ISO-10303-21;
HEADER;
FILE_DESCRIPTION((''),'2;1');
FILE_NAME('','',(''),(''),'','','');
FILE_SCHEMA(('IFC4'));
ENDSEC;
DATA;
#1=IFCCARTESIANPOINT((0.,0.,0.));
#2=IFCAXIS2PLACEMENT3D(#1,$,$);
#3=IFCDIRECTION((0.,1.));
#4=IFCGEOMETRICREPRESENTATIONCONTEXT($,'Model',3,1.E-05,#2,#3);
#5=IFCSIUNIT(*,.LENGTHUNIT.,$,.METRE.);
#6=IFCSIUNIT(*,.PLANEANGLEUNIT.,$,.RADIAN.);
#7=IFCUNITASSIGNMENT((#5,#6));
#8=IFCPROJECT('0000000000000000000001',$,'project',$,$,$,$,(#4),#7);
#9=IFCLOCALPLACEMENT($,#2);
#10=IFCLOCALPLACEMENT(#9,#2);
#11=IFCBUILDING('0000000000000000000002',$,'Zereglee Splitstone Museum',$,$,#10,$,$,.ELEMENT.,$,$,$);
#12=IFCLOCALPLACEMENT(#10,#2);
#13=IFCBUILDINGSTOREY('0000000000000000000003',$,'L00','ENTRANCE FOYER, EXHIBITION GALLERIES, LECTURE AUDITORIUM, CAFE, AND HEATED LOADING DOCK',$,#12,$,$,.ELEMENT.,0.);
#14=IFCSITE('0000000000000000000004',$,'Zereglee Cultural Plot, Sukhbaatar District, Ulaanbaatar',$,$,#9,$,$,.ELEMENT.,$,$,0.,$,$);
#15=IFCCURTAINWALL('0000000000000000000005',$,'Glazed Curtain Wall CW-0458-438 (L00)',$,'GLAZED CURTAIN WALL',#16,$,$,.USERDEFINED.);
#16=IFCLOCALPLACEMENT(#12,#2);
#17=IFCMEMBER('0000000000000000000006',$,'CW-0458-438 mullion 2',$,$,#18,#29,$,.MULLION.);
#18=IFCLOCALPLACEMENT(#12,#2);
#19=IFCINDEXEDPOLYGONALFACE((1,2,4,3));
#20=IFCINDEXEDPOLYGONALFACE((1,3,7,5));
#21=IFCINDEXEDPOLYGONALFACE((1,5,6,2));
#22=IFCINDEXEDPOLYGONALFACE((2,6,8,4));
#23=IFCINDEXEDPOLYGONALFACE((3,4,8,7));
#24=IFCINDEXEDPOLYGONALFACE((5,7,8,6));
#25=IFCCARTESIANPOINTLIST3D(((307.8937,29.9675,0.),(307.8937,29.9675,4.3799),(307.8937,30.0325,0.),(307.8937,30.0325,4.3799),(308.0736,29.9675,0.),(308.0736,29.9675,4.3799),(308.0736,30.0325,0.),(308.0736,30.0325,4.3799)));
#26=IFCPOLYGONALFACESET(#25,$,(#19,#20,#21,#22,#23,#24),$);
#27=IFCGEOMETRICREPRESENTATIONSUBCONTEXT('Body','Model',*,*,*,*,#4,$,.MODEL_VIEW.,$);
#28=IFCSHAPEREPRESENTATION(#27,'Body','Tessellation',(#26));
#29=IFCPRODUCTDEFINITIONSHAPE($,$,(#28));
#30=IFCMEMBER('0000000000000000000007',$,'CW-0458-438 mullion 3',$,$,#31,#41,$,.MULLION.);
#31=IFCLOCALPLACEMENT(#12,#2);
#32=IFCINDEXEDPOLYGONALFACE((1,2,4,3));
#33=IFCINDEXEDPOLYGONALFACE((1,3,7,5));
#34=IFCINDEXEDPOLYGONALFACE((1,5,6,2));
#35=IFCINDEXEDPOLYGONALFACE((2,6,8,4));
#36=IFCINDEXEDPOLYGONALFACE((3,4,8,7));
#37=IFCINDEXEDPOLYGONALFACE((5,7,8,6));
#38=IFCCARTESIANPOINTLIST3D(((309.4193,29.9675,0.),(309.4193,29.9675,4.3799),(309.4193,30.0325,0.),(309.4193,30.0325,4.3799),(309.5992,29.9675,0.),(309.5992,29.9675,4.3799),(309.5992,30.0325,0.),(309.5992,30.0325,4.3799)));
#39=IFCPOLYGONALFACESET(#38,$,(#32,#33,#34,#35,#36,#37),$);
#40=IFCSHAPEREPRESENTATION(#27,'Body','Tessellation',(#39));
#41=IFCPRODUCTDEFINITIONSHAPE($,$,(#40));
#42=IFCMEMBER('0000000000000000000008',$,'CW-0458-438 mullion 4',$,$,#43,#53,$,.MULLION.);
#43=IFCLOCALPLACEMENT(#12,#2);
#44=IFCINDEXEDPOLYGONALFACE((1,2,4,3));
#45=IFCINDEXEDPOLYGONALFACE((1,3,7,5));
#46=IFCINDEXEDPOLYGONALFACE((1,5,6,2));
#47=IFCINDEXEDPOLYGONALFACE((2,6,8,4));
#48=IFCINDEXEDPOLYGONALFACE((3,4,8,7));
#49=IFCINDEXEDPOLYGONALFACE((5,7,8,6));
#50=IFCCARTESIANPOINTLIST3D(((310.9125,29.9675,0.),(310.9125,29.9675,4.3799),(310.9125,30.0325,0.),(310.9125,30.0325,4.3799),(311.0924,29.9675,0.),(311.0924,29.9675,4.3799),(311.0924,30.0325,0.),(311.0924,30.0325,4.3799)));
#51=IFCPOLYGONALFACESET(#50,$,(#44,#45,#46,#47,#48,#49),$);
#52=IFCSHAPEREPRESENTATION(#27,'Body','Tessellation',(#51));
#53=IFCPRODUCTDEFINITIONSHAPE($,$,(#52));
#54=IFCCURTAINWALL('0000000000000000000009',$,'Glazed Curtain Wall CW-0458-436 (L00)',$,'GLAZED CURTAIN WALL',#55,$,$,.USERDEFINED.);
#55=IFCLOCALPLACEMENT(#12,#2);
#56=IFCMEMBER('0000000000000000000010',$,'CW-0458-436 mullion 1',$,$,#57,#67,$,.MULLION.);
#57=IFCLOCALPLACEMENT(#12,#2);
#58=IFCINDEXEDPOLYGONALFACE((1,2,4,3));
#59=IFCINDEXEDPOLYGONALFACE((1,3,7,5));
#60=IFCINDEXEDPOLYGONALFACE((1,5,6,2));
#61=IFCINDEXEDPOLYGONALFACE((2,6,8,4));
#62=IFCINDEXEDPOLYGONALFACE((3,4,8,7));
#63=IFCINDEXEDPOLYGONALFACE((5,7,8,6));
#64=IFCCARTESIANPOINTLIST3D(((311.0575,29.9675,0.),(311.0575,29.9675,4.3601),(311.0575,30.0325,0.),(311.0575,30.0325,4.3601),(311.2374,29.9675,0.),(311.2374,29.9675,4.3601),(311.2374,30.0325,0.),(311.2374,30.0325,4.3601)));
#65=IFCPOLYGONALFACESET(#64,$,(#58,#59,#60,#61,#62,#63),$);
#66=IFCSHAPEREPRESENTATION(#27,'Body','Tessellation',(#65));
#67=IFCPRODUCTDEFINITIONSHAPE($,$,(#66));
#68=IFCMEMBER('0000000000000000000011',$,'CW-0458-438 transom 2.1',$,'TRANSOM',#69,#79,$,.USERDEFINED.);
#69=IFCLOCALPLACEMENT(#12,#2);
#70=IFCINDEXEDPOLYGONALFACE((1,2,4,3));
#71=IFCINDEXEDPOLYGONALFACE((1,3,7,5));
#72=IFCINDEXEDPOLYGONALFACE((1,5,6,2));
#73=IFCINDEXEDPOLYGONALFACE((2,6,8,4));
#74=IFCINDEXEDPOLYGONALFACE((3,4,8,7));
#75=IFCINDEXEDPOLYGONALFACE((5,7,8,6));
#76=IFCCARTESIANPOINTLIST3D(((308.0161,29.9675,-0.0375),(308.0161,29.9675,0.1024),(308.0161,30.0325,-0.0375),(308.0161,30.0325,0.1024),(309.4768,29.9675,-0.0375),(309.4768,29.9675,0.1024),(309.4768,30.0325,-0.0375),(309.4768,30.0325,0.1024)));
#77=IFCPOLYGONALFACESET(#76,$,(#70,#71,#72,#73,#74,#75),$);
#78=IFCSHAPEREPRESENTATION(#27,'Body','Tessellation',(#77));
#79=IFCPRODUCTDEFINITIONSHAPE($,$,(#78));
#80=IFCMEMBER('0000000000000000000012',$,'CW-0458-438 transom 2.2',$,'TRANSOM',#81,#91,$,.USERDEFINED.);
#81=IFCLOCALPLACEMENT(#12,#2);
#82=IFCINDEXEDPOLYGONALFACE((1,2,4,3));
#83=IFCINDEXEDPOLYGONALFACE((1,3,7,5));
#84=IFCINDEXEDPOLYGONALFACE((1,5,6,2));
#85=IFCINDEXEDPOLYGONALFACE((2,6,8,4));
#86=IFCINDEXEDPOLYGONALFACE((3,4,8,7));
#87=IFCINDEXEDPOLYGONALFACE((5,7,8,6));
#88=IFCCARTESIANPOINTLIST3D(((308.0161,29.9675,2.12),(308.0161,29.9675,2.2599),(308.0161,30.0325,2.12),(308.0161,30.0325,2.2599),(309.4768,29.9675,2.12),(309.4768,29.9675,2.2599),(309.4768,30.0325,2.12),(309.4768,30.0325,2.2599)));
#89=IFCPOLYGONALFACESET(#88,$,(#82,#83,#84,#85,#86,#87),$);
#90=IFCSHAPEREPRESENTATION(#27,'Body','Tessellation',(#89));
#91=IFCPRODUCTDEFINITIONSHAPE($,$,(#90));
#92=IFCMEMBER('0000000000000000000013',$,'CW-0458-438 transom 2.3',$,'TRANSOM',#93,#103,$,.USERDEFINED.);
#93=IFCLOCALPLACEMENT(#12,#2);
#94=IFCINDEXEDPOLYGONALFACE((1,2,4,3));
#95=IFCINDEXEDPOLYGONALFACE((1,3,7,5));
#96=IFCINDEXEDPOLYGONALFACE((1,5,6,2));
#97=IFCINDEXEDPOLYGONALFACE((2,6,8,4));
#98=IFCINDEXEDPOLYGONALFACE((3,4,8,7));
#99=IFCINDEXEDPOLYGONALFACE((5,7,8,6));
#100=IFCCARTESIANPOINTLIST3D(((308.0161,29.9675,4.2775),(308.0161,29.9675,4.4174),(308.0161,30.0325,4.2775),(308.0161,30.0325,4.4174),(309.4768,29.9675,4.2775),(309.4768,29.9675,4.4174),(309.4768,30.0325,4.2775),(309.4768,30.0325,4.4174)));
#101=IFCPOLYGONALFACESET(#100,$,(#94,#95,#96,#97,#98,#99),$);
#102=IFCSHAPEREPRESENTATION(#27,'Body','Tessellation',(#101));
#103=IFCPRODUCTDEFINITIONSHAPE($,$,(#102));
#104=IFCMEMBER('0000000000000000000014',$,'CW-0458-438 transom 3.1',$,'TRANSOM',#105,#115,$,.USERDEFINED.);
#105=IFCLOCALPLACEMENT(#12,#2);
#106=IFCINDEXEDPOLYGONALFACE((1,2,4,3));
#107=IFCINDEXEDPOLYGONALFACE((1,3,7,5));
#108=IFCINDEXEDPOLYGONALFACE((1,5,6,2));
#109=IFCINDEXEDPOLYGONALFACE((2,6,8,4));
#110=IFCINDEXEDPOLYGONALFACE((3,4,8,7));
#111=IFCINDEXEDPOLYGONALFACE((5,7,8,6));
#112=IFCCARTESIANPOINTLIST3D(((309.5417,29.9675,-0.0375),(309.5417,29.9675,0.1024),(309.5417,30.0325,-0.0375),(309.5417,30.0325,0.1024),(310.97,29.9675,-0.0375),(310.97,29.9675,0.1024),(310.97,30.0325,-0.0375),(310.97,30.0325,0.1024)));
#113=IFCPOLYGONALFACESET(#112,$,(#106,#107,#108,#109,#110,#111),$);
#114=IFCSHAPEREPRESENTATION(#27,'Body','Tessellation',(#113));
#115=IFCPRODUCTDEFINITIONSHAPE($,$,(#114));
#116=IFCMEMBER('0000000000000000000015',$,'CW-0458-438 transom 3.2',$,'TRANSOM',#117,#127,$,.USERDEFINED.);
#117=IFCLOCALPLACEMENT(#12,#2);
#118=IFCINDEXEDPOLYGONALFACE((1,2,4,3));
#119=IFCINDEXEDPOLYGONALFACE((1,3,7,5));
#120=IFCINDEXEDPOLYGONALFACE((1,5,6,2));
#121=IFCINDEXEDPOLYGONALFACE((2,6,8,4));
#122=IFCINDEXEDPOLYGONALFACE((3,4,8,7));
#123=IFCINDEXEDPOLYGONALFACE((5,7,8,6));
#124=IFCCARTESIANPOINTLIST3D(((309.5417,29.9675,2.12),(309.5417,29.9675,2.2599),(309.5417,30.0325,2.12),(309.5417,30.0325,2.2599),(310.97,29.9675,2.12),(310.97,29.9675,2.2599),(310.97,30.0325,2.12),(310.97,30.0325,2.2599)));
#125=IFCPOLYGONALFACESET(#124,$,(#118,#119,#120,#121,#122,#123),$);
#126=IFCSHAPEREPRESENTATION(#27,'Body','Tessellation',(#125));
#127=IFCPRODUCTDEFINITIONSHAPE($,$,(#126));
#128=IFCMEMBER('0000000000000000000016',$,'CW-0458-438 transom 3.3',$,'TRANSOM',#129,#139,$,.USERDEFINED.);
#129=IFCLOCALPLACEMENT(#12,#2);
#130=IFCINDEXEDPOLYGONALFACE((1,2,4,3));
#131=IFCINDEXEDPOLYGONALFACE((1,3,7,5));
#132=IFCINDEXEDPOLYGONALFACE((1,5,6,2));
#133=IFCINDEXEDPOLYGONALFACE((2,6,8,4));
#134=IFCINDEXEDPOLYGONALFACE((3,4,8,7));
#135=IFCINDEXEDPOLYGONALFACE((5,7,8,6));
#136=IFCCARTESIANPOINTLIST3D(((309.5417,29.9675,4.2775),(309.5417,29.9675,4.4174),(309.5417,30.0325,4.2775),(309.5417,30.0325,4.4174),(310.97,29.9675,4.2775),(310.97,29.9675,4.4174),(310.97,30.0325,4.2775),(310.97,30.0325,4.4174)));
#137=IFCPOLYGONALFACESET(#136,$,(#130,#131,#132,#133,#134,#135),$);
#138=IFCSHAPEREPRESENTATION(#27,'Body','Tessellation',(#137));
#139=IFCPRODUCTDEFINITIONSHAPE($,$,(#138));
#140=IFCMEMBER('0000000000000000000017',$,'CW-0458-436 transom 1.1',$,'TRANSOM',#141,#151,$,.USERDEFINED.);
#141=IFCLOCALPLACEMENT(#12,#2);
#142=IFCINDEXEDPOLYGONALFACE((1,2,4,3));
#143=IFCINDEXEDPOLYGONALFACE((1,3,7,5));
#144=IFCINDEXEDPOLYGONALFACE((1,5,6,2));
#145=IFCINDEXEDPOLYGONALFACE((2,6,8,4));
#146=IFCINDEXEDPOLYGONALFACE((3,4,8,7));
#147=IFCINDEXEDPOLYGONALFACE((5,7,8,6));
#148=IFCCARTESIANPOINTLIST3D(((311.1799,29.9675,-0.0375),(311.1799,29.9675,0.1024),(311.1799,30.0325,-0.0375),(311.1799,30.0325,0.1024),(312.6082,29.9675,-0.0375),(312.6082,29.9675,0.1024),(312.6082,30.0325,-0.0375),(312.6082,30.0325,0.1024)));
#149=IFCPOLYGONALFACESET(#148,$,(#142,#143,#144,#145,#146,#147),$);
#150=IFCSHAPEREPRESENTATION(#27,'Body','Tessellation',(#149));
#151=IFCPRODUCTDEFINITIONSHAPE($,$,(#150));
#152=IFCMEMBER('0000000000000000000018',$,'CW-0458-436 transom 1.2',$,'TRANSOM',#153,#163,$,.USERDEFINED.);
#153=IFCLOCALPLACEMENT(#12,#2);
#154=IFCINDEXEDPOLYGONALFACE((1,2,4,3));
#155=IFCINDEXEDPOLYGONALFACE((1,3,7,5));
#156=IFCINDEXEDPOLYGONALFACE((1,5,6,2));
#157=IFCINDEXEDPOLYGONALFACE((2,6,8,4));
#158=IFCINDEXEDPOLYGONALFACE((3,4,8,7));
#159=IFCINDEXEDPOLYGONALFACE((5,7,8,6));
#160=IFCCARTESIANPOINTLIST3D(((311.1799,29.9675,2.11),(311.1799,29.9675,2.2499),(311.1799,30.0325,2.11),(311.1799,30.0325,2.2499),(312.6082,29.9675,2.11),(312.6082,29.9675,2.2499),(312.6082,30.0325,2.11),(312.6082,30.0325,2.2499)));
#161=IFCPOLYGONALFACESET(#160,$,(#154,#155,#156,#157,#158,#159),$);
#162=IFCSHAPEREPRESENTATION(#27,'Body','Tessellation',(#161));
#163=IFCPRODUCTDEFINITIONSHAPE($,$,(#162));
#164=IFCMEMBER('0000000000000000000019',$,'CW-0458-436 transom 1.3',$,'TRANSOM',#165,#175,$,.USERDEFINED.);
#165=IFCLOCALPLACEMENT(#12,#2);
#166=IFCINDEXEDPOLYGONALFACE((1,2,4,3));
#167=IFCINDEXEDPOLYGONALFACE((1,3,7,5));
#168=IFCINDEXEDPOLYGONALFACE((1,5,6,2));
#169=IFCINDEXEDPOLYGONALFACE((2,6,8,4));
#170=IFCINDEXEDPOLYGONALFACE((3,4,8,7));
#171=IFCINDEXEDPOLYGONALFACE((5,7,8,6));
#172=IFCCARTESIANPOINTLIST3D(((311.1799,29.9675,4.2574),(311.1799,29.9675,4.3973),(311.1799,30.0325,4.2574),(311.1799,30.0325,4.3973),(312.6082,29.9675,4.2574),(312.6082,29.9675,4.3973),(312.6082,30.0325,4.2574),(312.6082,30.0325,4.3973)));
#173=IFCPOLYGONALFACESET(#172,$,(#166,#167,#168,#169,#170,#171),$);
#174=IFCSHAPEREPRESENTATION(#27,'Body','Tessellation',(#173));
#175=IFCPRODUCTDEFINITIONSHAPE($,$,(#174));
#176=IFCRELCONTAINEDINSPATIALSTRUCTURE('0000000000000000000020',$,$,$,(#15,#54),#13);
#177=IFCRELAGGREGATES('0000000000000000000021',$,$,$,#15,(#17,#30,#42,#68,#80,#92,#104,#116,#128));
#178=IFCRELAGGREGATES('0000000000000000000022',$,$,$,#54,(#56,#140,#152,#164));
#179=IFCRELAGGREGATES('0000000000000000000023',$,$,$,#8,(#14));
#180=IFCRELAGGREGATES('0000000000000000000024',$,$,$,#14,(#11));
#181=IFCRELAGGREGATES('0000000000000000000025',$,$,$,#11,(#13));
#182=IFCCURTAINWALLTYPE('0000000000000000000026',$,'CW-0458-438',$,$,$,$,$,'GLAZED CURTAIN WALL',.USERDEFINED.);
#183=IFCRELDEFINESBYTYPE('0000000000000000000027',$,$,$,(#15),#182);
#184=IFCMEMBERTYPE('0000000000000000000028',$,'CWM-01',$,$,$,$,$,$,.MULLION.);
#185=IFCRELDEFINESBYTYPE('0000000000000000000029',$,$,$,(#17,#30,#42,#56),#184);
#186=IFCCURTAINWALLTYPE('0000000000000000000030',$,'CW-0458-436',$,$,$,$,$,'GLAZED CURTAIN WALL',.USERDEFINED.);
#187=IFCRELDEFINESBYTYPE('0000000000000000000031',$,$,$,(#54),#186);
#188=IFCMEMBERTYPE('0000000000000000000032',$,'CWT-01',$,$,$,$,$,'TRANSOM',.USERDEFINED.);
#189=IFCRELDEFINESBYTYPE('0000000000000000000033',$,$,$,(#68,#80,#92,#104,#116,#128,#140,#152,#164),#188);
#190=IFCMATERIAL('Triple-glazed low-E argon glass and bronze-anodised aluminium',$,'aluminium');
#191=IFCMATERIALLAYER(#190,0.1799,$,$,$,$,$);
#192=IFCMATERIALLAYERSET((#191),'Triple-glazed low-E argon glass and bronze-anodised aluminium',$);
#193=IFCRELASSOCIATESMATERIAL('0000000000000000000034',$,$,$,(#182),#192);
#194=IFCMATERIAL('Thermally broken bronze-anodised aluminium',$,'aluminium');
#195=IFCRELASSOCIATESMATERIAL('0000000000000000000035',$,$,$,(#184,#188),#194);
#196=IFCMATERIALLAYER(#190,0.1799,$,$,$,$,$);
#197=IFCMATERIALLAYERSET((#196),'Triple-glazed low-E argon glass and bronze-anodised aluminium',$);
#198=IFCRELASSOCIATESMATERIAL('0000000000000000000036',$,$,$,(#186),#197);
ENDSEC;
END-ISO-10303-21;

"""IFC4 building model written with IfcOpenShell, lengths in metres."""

from ifc_helpers import new_model, si_unit, direction, frame, origin, origin_2d, place, context, subcontext, project, spatial, rectangle, extrude, material, layer, layer_set, material_profile, profile_set, type_object, element, aggregate, save


model = new_model("IFC4")

# Units and contexts
model_context = context("Model", 3, precision=1e-05, world=origin(), true_north=direction((0.0, 1.0)))
body_context = subcontext(model_context, "Body", "Model", "MODEL_VIEW")
ifc_project = project(units=[si_unit("LENGTHUNIT", "METRE"), si_unit("PLANEANGLEUNIT", "RADIAN")], contexts=[model_context])

# Site, building, storey
site_placement = place(None, origin())
site = spatial("IfcSite", under=ifc_project, at=site_placement, Name="Zereglee Cultural Plot, Sukhbaatar District, Ulaanbaatar", CompositionType="ELEMENT", RefElevation=0.0)
building_placement = place(site_placement, origin())
building = spatial("IfcBuilding", under=site, at=building_placement, Name="Zereglee Splitstone Museum", CompositionType="ELEMENT")
storey_placement = place(building_placement, origin())
storey = spatial("IfcBuildingStorey", under=building, at=storey_placement, Name="L00", Description="ENTRANCE FOYER, EXHIBITION GALLERIES, LECTURE AUDITORIUM, CAFE, AND HEATED LOADING DOCK", CompositionType="ELEMENT", Elevation=0.0)

# Curtain wall, members
ifc_material_1 = material(Name="Triple-glazed low-E argon glass and bronze-anodised aluminium", Category="aluminium")
ifc_layer_1 = layer(ifc_material_1, 0.1799)
ifc_layer_set_1 = layer_set([ifc_layer_1], Name="Triple-glazed low-E argon glass and bronze-anodised aluminium")
curtain_wall_type_1 = type_object("IfcCurtainWallType", Name="CW-0458-438", ElementType="GLAZED CURTAIN WALL", PredefinedType="USERDEFINED", material=ifc_layer_set_1)
curtain_wall_1_placement = place(storey_placement, origin())
curtain_wall_1 = element("IfcCurtainWall", 1, at=curtain_wall_1_placement, inside=storey, type_object=curtain_wall_type_1, Name="Glazed Curtain Wall CW-0458-438 (L00)", ObjectType="GLAZED CURTAIN WALL", PredefinedType="USERDEFINED")
ifc_material_2 = material(Name="Thermally broken bronze-anodised aluminium", Category="aluminium")
ifc_material_profile_1 = material_profile(ifc_material_2, rectangle(XDim=0.0649, YDim=0.1799, at=origin_2d()), Name="CW MULL 65x180")
ifc_profile_set_1 = profile_set([ifc_material_profile_1], Name="Thermally broken bronze-anodised aluminium")
member_type_1 = type_object("IfcMemberType", Name="CWM-01", PredefinedType="MULLION", material=ifc_profile_set_1)
member_1_placement = place(storey_placement, frame((307.9836, 30.0, 0.0), z_axis=(0.0, 0.0, 1.0), x_axis=(0.0, 1.0, 0.0)))
member_1 = element("IfcMember", 2, at=member_1_placement, type_object=member_type_1, Name="CW-0458-438 mullion 2", PredefinedType="MULLION", context=body_context, shape_type="SweptSolid", body=[
    extrude(rectangle(XDim=0.0649, YDim=0.1799, at=origin_2d()), origin(), (0.0, 0.0, 1.0), 4.3799),
])
member_2_placement = place(storey_placement, frame((309.5093, 30.0, 0.0), z_axis=(0.0, 0.0, 1.0), x_axis=(0.0, 1.0, 0.0)))
member_2 = element("IfcMember", 3, at=member_2_placement, type_object=member_type_1, Name="CW-0458-438 mullion 3", PredefinedType="MULLION", context=body_context, shape_type="SweptSolid", body=[
    extrude(rectangle(XDim=0.0649, YDim=0.1799, at=origin_2d()), origin(), (0.0, 0.0, 1.0), 4.3799),
])
member_3_placement = place(storey_placement, frame((311.0024, 30.0, 0.0), z_axis=(0.0, 0.0, 1.0), x_axis=(0.0, 1.0, 0.0)))
member_3 = element("IfcMember", 4, at=member_3_placement, type_object=member_type_1, Name="CW-0458-438 mullion 4", PredefinedType="MULLION", context=body_context, shape_type="SweptSolid", body=[
    extrude(rectangle(XDim=0.0649, YDim=0.1799, at=origin_2d()), origin(), (0.0, 0.0, 1.0), 4.3799),
])

# Curtain wall, member
ifc_layer_2 = layer(ifc_material_1, 0.1799)
ifc_layer_set_2 = layer_set([ifc_layer_2], Name="Triple-glazed low-E argon glass and bronze-anodised aluminium")
curtain_wall_type_2 = type_object("IfcCurtainWallType", Name="CW-0458-436", ElementType="GLAZED CURTAIN WALL", PredefinedType="USERDEFINED", material=ifc_layer_set_2)
curtain_wall_2_placement = place(storey_placement, origin())
curtain_wall_2 = element("IfcCurtainWall", 5, at=curtain_wall_2_placement, inside=storey, type_object=curtain_wall_type_2, Name="Glazed Curtain Wall CW-0458-436 (L00)", ObjectType="GLAZED CURTAIN WALL", PredefinedType="USERDEFINED")
member_4_placement = place(storey_placement, frame((311.1475, 30.0, 0.0), z_axis=(0.0, 0.0, 1.0), x_axis=(0.0, 1.0, 0.0)))
member_4 = element("IfcMember", 6, at=member_4_placement, type_object=member_type_1, Name="CW-0458-436 mullion 1", PredefinedType="MULLION", context=body_context, shape_type="SweptSolid", body=[
    extrude(rectangle(XDim=0.0649, YDim=0.1799, at=origin_2d()), origin(), (0.0, 0.0, 1.0), 4.3601),
])

# Members
ifc_material_profile_2 = material_profile(ifc_material_2, rectangle(XDim=0.0649, YDim=0.1399, at=origin_2d()), Name="CW TRAN 65x140")
ifc_profile_set_2 = profile_set([ifc_material_profile_2], Name="Thermally broken bronze-anodised aluminium")
member_type_2 = type_object("IfcMemberType", Name="CWT-01", ElementType="TRANSOM", PredefinedType="USERDEFINED", material=ifc_profile_set_2)
member_5_placement = place(storey_placement, frame((308.0161, 30.0, 0.0325), z_axis=(1.0, 0.0, 0.0), x_axis=(0.0, 1.0, 0.0)))
member_5 = element("IfcMember", 7, at=member_5_placement, type_object=member_type_2, Name="CW-0458-438 transom 2.1", ObjectType="TRANSOM", PredefinedType="USERDEFINED", context=body_context, shape_type="SweptSolid", body=[
    extrude(rectangle(XDim=0.0649, YDim=0.1399, at=origin_2d()), origin(), (0.0, 0.0, 1.0), 1.4607),
])
member_6_placement = place(storey_placement, frame((308.0161, 30.0, 2.1899), z_axis=(1.0, 0.0, 0.0), x_axis=(0.0, 1.0, 0.0)))
member_6 = element("IfcMember", 8, at=member_6_placement, type_object=member_type_2, Name="CW-0458-438 transom 2.2", ObjectType="TRANSOM", PredefinedType="USERDEFINED", context=body_context, shape_type="SweptSolid", body=[
    extrude(rectangle(XDim=0.0649, YDim=0.1399, at=origin_2d()), origin(), (0.0, 0.0, 1.0), 1.4607),
])
member_7_placement = place(storey_placement, frame((308.0161, 30.0, 4.3474), z_axis=(1.0, 0.0, 0.0), x_axis=(0.0, 1.0, 0.0)))
member_7 = element("IfcMember", 9, at=member_7_placement, type_object=member_type_2, Name="CW-0458-438 transom 2.3", ObjectType="TRANSOM", PredefinedType="USERDEFINED", context=body_context, shape_type="SweptSolid", body=[
    extrude(rectangle(XDim=0.0649, YDim=0.1399, at=origin_2d()), origin(), (0.0, 0.0, 1.0), 1.4607),
])
member_8_placement = place(storey_placement, frame((309.5417, 30.0, 0.0325), z_axis=(1.0, 0.0, 0.0), x_axis=(0.0, 1.0, 0.0)))
member_8 = element("IfcMember", 10, at=member_8_placement, type_object=member_type_2, Name="CW-0458-438 transom 3.1", ObjectType="TRANSOM", PredefinedType="USERDEFINED", context=body_context, shape_type="SweptSolid", body=[
    extrude(rectangle(XDim=0.0649, YDim=0.1399, at=origin_2d()), origin(), (0.0, 0.0, 1.0), 1.4282),
])
member_9_placement = place(storey_placement, frame((309.5417, 30.0, 2.1899), z_axis=(1.0, 0.0, 0.0), x_axis=(0.0, 1.0, 0.0)))
member_9 = element("IfcMember", 11, at=member_9_placement, type_object=member_type_2, Name="CW-0458-438 transom 3.2", ObjectType="TRANSOM", PredefinedType="USERDEFINED", context=body_context, shape_type="SweptSolid", body=[
    extrude(rectangle(XDim=0.0649, YDim=0.1399, at=origin_2d()), origin(), (0.0, 0.0, 1.0), 1.4282),
])
member_10_placement = place(storey_placement, frame((309.5417, 30.0, 4.3474), z_axis=(1.0, 0.0, 0.0), x_axis=(0.0, 1.0, 0.0)))
member_10 = element("IfcMember", 12, at=member_10_placement, type_object=member_type_2, Name="CW-0458-438 transom 3.3", ObjectType="TRANSOM", PredefinedType="USERDEFINED", context=body_context, shape_type="SweptSolid", body=[
    extrude(rectangle(XDim=0.0649, YDim=0.1399, at=origin_2d()), origin(), (0.0, 0.0, 1.0), 1.4282),
])
member_11_placement = place(storey_placement, frame((311.1799, 30.0, 0.0325), z_axis=(1.0, 0.0, 0.0), x_axis=(0.0, 1.0, 0.0)))
member_11 = element("IfcMember", 13, at=member_11_placement, type_object=member_type_2, Name="CW-0458-436 transom 1.1", ObjectType="TRANSOM", PredefinedType="USERDEFINED", context=body_context, shape_type="SweptSolid", body=[
    extrude(rectangle(XDim=0.0649, YDim=0.1399, at=origin_2d()), origin(), (0.0, 0.0, 1.0), 1.4282),
])
member_12_placement = place(storey_placement, frame((311.1799, 30.0, 2.1799), z_axis=(1.0, 0.0, 0.0), x_axis=(0.0, 1.0, 0.0)))
member_12 = element("IfcMember", 14, at=member_12_placement, type_object=member_type_2, Name="CW-0458-436 transom 1.2", ObjectType="TRANSOM", PredefinedType="USERDEFINED", context=body_context, shape_type="SweptSolid", body=[
    extrude(rectangle(XDim=0.0649, YDim=0.1399, at=origin_2d()), origin(), (0.0, 0.0, 1.0), 1.4282),
])
member_13_placement = place(storey_placement, frame((311.1799, 30.0, 4.3274), z_axis=(1.0, 0.0, 0.0), x_axis=(0.0, 1.0, 0.0)))
member_13 = element("IfcMember", 15, at=member_13_placement, type_object=member_type_2, Name="CW-0458-436 transom 1.3", ObjectType="TRANSOM", PredefinedType="USERDEFINED", context=body_context, shape_type="SweptSolid", body=[
    extrude(rectangle(XDim=0.0649, YDim=0.1399, at=origin_2d()), origin(), (0.0, 0.0, 1.0), 1.4282),
])

aggregate(curtain_wall_1, [member_1, member_2, member_3, member_5, member_6, member_7, member_8, member_9, member_10])
aggregate(curtain_wall_2, [member_4, member_11, member_12, member_13])

save(model, "model.ifc")
